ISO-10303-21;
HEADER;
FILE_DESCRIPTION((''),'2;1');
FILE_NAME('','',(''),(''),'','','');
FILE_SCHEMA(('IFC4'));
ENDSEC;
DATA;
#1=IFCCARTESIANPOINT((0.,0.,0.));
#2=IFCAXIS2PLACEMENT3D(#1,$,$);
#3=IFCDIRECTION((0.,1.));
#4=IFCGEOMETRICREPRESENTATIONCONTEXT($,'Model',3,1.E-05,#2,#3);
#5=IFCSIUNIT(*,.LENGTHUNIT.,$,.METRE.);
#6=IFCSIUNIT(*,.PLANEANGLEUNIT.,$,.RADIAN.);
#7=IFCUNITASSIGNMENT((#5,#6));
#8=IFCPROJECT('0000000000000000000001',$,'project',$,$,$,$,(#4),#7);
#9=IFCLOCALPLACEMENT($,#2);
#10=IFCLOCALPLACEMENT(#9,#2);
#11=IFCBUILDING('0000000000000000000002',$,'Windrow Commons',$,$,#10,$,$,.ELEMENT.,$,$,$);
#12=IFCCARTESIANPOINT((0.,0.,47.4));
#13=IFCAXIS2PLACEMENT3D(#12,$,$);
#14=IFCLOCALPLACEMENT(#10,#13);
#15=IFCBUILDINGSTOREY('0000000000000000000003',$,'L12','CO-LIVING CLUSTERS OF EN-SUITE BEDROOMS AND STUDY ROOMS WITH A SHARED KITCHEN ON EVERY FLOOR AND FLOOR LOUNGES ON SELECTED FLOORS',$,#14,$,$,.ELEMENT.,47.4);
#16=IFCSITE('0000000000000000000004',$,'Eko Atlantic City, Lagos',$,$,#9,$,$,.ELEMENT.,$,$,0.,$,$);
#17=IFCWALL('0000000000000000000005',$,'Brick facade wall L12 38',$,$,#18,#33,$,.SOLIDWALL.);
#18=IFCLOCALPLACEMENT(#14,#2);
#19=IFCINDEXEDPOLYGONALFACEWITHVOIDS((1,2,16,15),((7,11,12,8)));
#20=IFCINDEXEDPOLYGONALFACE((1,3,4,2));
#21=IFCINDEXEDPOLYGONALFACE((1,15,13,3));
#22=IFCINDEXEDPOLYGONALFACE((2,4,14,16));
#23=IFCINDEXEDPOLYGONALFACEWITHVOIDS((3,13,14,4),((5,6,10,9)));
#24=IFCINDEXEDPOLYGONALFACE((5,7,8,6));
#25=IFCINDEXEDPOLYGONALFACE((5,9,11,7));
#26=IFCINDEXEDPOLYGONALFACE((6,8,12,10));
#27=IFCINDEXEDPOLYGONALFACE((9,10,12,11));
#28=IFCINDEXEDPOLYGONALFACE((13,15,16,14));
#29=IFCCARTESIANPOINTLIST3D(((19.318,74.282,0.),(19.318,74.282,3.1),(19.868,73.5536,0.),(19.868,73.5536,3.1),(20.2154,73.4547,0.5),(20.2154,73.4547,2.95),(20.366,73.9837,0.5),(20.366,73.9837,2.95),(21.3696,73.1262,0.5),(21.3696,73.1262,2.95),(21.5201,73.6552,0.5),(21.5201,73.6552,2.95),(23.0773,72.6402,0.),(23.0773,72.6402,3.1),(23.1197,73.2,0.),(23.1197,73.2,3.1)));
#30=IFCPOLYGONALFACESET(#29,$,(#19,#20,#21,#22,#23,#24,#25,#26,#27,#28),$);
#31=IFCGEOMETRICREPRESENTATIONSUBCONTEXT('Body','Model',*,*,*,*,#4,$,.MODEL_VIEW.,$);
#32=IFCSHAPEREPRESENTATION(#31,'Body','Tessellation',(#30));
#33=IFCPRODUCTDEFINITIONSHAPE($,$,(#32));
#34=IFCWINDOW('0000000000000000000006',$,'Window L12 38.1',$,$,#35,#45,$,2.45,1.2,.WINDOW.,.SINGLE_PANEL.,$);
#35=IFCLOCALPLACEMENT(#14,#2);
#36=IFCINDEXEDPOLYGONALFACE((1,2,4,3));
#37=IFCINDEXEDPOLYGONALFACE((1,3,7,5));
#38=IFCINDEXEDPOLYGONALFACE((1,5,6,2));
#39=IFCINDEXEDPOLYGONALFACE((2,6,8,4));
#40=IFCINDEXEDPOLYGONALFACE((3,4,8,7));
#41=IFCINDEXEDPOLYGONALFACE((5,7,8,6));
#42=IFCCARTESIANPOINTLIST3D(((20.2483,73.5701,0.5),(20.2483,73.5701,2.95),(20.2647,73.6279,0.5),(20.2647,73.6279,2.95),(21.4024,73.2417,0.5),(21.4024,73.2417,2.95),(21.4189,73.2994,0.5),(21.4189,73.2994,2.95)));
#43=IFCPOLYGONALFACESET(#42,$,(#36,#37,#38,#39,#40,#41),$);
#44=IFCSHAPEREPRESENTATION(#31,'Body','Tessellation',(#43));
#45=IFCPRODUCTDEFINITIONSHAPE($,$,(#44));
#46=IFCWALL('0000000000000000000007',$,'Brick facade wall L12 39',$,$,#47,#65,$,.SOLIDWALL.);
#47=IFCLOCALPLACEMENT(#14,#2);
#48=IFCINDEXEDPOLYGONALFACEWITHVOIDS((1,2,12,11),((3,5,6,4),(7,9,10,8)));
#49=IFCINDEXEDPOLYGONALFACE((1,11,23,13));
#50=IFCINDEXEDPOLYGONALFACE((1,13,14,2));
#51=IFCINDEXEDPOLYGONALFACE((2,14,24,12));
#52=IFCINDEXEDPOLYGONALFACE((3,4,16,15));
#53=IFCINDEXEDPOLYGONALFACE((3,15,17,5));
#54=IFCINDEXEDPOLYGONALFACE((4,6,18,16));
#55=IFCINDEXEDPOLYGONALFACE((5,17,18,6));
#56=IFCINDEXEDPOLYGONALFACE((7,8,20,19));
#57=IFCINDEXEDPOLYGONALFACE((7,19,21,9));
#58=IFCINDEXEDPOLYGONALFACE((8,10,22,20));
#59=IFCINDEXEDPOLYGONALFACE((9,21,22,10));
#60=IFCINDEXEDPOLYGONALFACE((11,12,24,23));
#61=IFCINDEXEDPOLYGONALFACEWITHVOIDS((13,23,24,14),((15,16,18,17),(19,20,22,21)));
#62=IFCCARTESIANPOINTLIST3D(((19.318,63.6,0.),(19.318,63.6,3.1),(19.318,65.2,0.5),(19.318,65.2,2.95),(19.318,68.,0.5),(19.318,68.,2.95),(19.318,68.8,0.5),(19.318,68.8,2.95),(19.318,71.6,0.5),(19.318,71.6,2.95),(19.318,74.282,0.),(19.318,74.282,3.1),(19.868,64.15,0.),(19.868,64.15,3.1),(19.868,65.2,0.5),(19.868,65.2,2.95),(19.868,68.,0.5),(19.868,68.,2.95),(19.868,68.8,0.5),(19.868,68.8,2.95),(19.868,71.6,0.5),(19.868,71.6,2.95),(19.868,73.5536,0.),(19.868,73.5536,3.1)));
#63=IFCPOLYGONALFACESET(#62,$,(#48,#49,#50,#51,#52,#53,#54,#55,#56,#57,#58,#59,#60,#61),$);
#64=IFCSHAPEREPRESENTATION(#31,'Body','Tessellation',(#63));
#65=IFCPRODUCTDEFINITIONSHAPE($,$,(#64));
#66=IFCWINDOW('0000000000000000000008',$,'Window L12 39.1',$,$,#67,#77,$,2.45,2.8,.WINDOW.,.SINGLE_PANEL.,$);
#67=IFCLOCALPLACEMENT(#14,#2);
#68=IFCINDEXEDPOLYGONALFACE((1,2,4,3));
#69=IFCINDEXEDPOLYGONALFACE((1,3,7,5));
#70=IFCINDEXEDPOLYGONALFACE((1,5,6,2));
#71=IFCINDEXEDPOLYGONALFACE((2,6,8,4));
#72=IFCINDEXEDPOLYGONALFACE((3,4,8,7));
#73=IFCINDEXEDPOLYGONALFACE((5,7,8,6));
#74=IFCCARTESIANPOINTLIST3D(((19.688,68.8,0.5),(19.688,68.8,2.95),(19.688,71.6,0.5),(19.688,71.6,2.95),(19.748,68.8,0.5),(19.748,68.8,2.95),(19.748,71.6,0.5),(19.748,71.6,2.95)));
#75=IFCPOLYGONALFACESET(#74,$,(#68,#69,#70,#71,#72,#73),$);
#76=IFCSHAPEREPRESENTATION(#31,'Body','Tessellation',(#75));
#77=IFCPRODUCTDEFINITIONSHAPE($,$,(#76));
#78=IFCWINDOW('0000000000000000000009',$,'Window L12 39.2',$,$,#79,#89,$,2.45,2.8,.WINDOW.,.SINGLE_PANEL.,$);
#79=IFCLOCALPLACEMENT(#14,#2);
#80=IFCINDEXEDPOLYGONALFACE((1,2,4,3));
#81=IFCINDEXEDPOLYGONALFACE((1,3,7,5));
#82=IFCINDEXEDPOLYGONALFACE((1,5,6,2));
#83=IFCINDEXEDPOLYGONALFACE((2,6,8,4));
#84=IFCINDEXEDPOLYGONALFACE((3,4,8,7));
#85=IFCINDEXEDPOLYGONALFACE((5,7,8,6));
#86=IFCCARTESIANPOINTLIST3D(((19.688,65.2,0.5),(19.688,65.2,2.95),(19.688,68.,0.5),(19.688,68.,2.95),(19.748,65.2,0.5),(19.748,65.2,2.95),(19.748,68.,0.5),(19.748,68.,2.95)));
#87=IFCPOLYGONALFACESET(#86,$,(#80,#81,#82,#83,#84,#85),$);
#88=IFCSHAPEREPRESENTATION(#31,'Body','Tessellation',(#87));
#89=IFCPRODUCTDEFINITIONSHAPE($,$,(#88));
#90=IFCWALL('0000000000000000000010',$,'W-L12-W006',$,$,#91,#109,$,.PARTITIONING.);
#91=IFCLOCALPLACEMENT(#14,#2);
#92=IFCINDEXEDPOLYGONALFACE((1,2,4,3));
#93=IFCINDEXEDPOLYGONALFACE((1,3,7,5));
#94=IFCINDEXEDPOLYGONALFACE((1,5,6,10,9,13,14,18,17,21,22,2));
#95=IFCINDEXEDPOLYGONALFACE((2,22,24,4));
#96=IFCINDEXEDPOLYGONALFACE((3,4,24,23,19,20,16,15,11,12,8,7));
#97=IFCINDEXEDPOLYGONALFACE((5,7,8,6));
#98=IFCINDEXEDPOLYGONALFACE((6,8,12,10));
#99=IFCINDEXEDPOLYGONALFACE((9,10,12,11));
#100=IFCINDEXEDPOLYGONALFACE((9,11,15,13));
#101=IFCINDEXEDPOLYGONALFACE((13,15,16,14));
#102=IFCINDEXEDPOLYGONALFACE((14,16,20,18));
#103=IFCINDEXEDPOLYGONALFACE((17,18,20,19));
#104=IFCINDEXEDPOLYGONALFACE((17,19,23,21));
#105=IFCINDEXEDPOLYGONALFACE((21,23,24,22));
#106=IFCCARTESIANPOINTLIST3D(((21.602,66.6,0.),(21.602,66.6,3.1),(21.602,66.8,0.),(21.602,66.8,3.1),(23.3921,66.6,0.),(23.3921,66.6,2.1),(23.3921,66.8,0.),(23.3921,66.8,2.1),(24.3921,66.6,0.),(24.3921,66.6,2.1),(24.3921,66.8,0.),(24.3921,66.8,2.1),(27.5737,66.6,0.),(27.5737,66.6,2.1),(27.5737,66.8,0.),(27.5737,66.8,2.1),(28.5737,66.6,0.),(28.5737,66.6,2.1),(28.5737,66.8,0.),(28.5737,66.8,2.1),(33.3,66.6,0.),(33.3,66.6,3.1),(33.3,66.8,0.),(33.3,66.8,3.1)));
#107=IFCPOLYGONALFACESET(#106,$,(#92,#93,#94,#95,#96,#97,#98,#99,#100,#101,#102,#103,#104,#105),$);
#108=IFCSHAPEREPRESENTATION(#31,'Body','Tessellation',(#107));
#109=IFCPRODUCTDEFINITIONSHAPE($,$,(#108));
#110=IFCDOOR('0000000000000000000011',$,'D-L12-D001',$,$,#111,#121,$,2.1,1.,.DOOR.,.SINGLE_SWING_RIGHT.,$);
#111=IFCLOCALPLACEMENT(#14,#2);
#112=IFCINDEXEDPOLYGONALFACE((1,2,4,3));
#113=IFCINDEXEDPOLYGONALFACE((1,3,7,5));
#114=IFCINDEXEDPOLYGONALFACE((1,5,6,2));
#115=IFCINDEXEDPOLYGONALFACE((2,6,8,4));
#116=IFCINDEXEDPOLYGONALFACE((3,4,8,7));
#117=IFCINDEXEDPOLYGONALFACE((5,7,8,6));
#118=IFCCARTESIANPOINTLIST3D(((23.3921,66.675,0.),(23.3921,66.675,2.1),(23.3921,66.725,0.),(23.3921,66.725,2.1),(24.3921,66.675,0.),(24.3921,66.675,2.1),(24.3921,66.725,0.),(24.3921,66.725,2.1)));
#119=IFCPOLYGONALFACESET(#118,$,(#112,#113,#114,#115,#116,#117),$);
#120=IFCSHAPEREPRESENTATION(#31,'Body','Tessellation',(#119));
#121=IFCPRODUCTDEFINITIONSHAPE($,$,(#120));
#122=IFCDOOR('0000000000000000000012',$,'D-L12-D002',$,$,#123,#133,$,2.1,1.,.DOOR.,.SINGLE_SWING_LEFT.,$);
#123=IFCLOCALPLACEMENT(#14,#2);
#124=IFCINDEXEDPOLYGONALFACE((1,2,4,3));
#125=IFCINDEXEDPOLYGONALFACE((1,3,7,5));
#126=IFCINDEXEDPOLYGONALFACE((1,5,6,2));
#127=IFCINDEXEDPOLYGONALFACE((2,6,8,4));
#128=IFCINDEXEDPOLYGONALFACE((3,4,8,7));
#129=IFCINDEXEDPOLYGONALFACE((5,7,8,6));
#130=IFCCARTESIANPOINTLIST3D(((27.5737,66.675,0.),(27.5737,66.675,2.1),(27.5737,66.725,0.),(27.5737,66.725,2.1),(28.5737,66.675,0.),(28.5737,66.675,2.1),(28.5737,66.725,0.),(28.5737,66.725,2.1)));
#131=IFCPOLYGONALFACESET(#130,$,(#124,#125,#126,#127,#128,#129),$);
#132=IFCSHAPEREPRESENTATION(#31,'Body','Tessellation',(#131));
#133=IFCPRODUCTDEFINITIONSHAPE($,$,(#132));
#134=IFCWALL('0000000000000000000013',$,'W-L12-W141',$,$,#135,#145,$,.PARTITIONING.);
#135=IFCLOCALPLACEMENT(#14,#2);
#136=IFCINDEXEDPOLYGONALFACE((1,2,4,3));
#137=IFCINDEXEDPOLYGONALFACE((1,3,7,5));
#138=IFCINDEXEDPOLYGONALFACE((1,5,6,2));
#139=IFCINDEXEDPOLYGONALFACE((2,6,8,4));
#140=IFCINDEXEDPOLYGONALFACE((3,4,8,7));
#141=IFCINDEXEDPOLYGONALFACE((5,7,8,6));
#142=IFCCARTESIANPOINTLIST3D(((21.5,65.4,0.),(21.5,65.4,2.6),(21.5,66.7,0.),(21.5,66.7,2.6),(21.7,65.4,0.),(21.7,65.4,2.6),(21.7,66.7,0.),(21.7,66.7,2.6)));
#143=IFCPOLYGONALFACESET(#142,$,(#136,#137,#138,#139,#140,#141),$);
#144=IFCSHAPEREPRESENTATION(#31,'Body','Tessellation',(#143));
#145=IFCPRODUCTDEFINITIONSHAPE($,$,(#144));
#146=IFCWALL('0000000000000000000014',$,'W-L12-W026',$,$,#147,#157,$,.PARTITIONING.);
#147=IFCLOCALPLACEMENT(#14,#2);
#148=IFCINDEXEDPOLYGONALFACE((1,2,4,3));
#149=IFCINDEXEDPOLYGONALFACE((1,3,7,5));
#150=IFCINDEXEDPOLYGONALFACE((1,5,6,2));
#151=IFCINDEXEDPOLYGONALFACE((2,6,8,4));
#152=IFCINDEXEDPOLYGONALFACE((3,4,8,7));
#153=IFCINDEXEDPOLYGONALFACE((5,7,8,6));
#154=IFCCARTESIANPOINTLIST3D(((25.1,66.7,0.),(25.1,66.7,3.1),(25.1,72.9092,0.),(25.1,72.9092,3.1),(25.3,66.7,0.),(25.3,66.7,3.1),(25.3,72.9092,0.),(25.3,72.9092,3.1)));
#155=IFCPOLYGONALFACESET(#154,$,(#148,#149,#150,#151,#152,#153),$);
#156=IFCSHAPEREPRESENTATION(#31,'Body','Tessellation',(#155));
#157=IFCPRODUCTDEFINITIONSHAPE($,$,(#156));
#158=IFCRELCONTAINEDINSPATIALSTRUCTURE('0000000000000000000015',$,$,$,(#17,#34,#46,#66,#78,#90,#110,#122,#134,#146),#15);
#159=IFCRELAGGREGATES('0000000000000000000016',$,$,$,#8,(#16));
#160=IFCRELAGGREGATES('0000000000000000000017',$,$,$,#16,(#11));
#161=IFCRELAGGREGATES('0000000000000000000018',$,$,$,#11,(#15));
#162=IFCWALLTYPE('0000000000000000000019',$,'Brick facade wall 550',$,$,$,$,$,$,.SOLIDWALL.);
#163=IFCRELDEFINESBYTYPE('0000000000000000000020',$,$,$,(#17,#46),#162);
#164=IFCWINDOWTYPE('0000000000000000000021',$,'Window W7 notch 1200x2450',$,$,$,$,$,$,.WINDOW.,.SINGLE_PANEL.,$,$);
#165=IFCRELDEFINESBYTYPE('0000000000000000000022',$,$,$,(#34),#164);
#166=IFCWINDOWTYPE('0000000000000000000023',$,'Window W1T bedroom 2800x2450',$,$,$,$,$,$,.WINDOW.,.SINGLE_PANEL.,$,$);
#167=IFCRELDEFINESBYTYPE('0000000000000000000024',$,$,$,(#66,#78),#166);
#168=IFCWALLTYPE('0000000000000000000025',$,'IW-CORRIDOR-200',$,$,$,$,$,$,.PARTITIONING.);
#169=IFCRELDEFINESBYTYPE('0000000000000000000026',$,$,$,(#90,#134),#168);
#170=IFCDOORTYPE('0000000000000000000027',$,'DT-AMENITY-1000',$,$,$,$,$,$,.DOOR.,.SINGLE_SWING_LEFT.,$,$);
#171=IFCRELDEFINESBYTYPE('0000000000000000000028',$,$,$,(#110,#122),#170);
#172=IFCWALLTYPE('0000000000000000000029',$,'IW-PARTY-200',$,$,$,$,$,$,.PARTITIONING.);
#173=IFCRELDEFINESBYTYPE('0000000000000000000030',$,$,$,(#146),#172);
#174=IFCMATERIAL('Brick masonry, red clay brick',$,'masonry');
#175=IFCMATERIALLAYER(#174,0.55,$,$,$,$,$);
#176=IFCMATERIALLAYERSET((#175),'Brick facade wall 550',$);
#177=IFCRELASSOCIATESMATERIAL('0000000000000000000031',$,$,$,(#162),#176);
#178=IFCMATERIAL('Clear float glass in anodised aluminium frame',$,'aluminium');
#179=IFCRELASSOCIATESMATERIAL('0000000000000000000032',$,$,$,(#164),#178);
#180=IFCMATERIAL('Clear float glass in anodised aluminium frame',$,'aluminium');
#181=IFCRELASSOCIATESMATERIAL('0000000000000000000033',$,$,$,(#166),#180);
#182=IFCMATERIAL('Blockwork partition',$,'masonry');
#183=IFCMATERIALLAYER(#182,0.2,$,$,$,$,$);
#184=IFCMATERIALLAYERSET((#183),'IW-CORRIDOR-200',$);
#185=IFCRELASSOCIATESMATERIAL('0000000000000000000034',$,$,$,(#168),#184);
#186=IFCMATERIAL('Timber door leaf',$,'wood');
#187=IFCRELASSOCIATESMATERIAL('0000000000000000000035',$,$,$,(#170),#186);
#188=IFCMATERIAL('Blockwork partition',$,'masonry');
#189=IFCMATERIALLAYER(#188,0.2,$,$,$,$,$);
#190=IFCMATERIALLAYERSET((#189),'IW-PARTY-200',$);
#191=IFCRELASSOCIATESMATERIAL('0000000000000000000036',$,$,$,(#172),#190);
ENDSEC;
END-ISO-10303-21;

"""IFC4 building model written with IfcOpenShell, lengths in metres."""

from ifc_helpers import new_model, si_unit, direction, frame, frame_2d, origin, place, context, subcontext, project, spatial, polyline, rectangle, outline, extrude, material, layer, layer_set, type_object, element, fill, save


model = new_model("IFC4")

# Units and contexts
model_context = context("Model", 3, precision=1e-05, world=origin(), true_north=direction((0.0, 1.0)))
body_context = subcontext(model_context, "Body", "Model", "MODEL_VIEW")
ifc_project = project(units=[si_unit("LENGTHUNIT", "METRE"), si_unit("PLANEANGLEUNIT", "RADIAN")], contexts=[model_context])

# Site, building, storey
site_placement = place(None, origin())
site = spatial("IfcSite", under=ifc_project, at=site_placement, Name="Eko Atlantic City, Lagos", CompositionType="ELEMENT", RefElevation=0.0)
building_placement = place(site_placement, origin())
building = spatial("IfcBuilding", under=site, at=building_placement, Name="Windrow Commons", CompositionType="ELEMENT")
storey_placement = place(building_placement, frame((0.0, 0.0, 47.4)))
storey = spatial("IfcBuildingStorey", under=building, at=storey_placement, Name="L12", Description="CO-LIVING CLUSTERS OF EN-SUITE BEDROOMS AND STUDY ROOMS WITH A SHARED KITCHEN ON EVERY FLOOR AND FLOOR LOUNGES ON SELECTED FLOORS", CompositionType="ELEMENT", Elevation=47.4)

# Shared definitions
ifc_material_1 = material(Name="Brick masonry, red clay brick", Category="masonry")
ifc_layer_1 = layer(ifc_material_1, 0.55)
ifc_layer_set_1 = layer_set([ifc_layer_1], Name="Brick facade wall 550")
wall_type_1 = type_object("IfcWallType", Name="Brick facade wall 550", PredefinedType="SOLIDWALL", material=ifc_layer_set_1)
ifc_material_2 = material(Name="Clear float glass in anodised aluminium frame", Category="aluminium")
window_type_1 = type_object("IfcWindowType", Name="Window W7 notch 1200x2450", PartitioningType="SINGLE_PANEL", PredefinedType="WINDOW", material=ifc_material_2)

# Wall, opening, window
wall_1_placement = place(storey_placement, frame((23.0985, 72.9201, 0.0), z_axis=(0.0, 0.0, 1.0), x_axis=(-0.961804, 0.273739, 0.0)))
wall_1 = element("IfcWall", 1, at=wall_1_placement, inside=storey, type_object=wall_type_1, Name="Brick facade wall L12 38", PredefinedType="SOLIDWALL", context=body_context, shape_type="SweptSolid", body=[
    extrude(outline(polyline([(0.0562, -0.275), (4.0089, -0.275), (3.2805, 0.275), (-0.0562, 0.275), (0.0562, -0.275)])), origin(), (0.0, 0.0, 1.0), 3.1),
])
opening_1_placement = place(wall_1_placement, frame((1.7193, 0.0, 0.5)))
opening_1 = element("IfcOpeningElement", 2, at=opening_1_placement, cuts=wall_1, PredefinedType="OPENING", context=body_context, shape_type="SweptSolid", body=[
    extrude(rectangle(XDim=1.2, YDim=2.45, at=frame_2d((0.6, 1.225))), frame((0.0, 0.285, 0.0), z_axis=(0.0, -1.0, 0.0), x_axis=(1.0, 0.0, 0.0)), (0.0, 0.0, 1.0), 0.57),
])
window_1_placement = place(opening_1_placement, origin())
window_1 = element("IfcWindow", 3, at=window_1_placement, inside=storey, type_object=window_type_1, Name="Window L12 38.1", OverallHeight=2.45, OverallWidth=1.2, PartitioningType="SINGLE_PANEL", PredefinedType="WINDOW", context=body_context, shape_type="SweptSolid", body=[
    extrude(rectangle(XDim=1.2, YDim=2.45, at=frame_2d((0.6, 1.225))), frame((0.0, 0.155, 0.0), z_axis=(0.0, -1.0, 0.0), x_axis=(1.0, 0.0, 0.0)), (0.0, 0.0, 1.0), 0.06),
])
fill(opening_1, window_1)

# Wall, openings, windows
wall_2_placement = place(storey_placement, frame((19.593, 73.9178, 0.0), z_axis=(0.0, 0.0, 1.0), x_axis=(0.0, -1.0, 0.0)))
wall_2 = element("IfcWall", 4, at=wall_2_placement, inside=storey, type_object=wall_type_1, Name="Brick facade wall L12 39", PredefinedType="SOLIDWALL", context=body_context, shape_type="SweptSolid", body=[
    extrude(outline(polyline([(-0.3642, -0.275), (10.3178, -0.275), (9.7678, 0.275), (0.3642, 0.275), (-0.3642, -0.275)])), origin(), (0.0, 0.0, 1.0), 3.1),
])
opening_2_placement = place(wall_2_placement, frame((2.3178, 0.0, 0.5)))
opening_2 = element("IfcOpeningElement", 5, at=opening_2_placement, cuts=wall_2, PredefinedType="OPENING", context=body_context, shape_type="SweptSolid", body=[
    extrude(rectangle(XDim=2.8, YDim=2.45, at=frame_2d((1.4, 1.225))), frame((0.0, 0.285, 0.0), z_axis=(0.0, -1.0, 0.0), x_axis=(1.0, 0.0, 0.0)), (0.0, 0.0, 1.0), 0.57),
])
opening_3_placement = place(wall_2_placement, frame((5.9178, 0.0, 0.5)))
opening_3 = element("IfcOpeningElement", 6, at=opening_3_placement, cuts=wall_2, PredefinedType="OPENING", context=body_context, shape_type="SweptSolid", body=[
    extrude(rectangle(XDim=2.8, YDim=2.45, at=frame_2d((1.4, 1.225))), frame((0.0, 0.285, 0.0), z_axis=(0.0, -1.0, 0.0), x_axis=(1.0, 0.0, 0.0)), (0.0, 0.0, 1.0), 0.57),
])
ifc_material_3 = material(Name="Clear float glass in anodised aluminium frame", Category="aluminium")
window_type_2 = type_object("IfcWindowType", Name="Window W1T bedroom 2800x2450", PartitioningType="SINGLE_PANEL", PredefinedType="WINDOW", material=ifc_material_3)
window_2_placement = place(opening_2_placement, origin())
window_2 = element("IfcWindow", 7, at=window_2_placement, inside=storey, type_object=window_type_2, Name="Window L12 39.1", OverallHeight=2.45, OverallWidth=2.8, PartitioningType="SINGLE_PANEL", PredefinedType="WINDOW", context=body_context, shape_type="SweptSolid", body=[
    extrude(rectangle(XDim=2.8, YDim=2.45, at=frame_2d((1.4, 1.225))), frame((0.0, 0.155, 0.0), z_axis=(0.0, -1.0, 0.0), x_axis=(1.0, 0.0, 0.0)), (0.0, 0.0, 1.0), 0.06),
])
fill(opening_2, window_2)
window_3_placement = place(opening_3_placement, origin())
window_3 = element("IfcWindow", 8, at=window_3_placement, inside=storey, type_object=window_type_2, Name="Window L12 39.2", OverallHeight=2.45, OverallWidth=2.8, PartitioningType="SINGLE_PANEL", PredefinedType="WINDOW", context=body_context, shape_type="SweptSolid", body=[
    extrude(rectangle(XDim=2.8, YDim=2.45, at=frame_2d((1.4, 1.225))), frame((0.0, 0.155, 0.0), z_axis=(0.0, -1.0, 0.0), x_axis=(1.0, 0.0, 0.0)), (0.0, 0.0, 1.0), 0.06),
])
fill(opening_3, window_3)

# Wall, openings, doors
ifc_material_4 = material(Name="Blockwork partition", Category="masonry")
ifc_layer_2 = layer(ifc_material_4, 0.2)
ifc_layer_set_2 = layer_set([ifc_layer_2], Name="IW-CORRIDOR-200")
wall_type_2 = type_object("IfcWallType", Name="IW-CORRIDOR-200", PredefinedType="PARTITIONING", material=ifc_layer_set_2)
wall_3_placement = place(storey_placement, frame((21.602, 66.7, 0.0), z_axis=(0.0, 0.0, 1.0), x_axis=(1.0, 0.0, 0.0)))
wall_3 = element("IfcWall", 9, at=wall_3_placement, inside=storey, type_object=wall_type_2, Name="W-L12-W006", PredefinedType="PARTITIONING", context=body_context, shape_type="SweptSolid", body=[
    extrude(rectangle(XDim=11.698, YDim=0.2, at=frame_2d((5.849, 0.0))), origin(), (0.0, 0.0, 1.0), 3.1),
])
opening_4_placement = place(wall_3_placement, frame((1.7901, 0.0, 0.0)))
opening_4 = element("IfcOpeningElement", 10, at=opening_4_placement, cuts=wall_3, PredefinedType="OPENING", context=body_context, shape_type="SweptSolid", body=[
    extrude(rectangle(XDim=1.0, YDim=2.1, at=frame_2d((0.5, 1.05))), frame((0.0, 0.11, 0.0), z_axis=(0.0, -1.0, 0.0), x_axis=(1.0, 0.0, 0.0)), (0.0, 0.0, 1.0), 0.22),
])
opening_5_placement = place(wall_3_placement, frame((5.9717, 0.0, 0.0)))
opening_5 = element("IfcOpeningElement", 11, at=opening_5_placement, cuts=wall_3, PredefinedType="OPENING", context=body_context, shape_type="SweptSolid", body=[
    extrude(rectangle(XDim=1.0, YDim=2.1, at=frame_2d((0.5, 1.05))), frame((0.0, 0.11, 0.0), z_axis=(0.0, -1.0, 0.0), x_axis=(1.0, 0.0, 0.0)), (0.0, 0.0, 1.0), 0.22),
])
ifc_material_5 = material(Name="Timber door leaf", Category="wood")
door_type = type_object("IfcDoorType", Name="DT-AMENITY-1000", OperationType="SINGLE_SWING_LEFT", PredefinedType="DOOR", material=ifc_material_5)
door_1_placement = place(opening_4_placement, origin())
door_1 = element("IfcDoor", 12, at=door_1_placement, inside=storey, type_object=door_type, Name="D-L12-D001", OperationType="SINGLE_SWING_RIGHT", OverallHeight=2.1, OverallWidth=1.0, PredefinedType="DOOR", context=body_context, shape_type="SweptSolid", body=[
    extrude(rectangle(XDim=1.0, YDim=2.1, at=frame_2d((0.5, 1.05))), frame((0.0, 0.025, 0.0), z_axis=(0.0, -1.0, 0.0), x_axis=(1.0, 0.0, 0.0)), (0.0, 0.0, 1.0), 0.05),
])
fill(opening_4, door_1)
door_2_placement = place(opening_5_placement, origin())
door_2 = element("IfcDoor", 13, at=door_2_placement, inside=storey, type_object=door_type, Name="D-L12-D002", OperationType="SINGLE_SWING_LEFT", OverallHeight=2.1, OverallWidth=1.0, PredefinedType="DOOR", context=body_context, shape_type="SweptSolid", body=[
    extrude(rectangle(XDim=1.0, YDim=2.1, at=frame_2d((0.5, 1.05))), frame((0.0, 0.025, 0.0), z_axis=(0.0, -1.0, 0.0), x_axis=(1.0, 0.0, 0.0)), (0.0, 0.0, 1.0), 0.05),
])
fill(opening_5, door_2)

# Walls
wall_4_placement = place(storey_placement, frame((21.6, 65.4, 0.0), z_axis=(0.0, 0.0, 1.0), x_axis=(0.0, 1.0, 0.0)))
element("IfcWall", 14, at=wall_4_placement, inside=storey, type_object=wall_type_2, Name="W-L12-W141", PredefinedType="PARTITIONING", context=body_context, shape_type="SweptSolid", body=[
    extrude(rectangle(XDim=1.3, YDim=0.2, at=frame_2d((0.65, 0.0))), origin(), (0.0, 0.0, 1.0), 2.6),
])
ifc_material_6 = material(Name="Blockwork partition", Category="masonry")
ifc_layer_3 = layer(ifc_material_6, 0.2)
ifc_layer_set_3 = layer_set([ifc_layer_3], Name="IW-PARTY-200")
wall_type_3 = type_object("IfcWallType", Name="IW-PARTY-200", PredefinedType="PARTITIONING", material=ifc_layer_set_3)
wall_5_placement = place(storey_placement, frame((25.2, 66.7, 0.0), z_axis=(0.0, 0.0, 1.0), x_axis=(0.0, 1.0, 0.0)))
element("IfcWall", 15, at=wall_5_placement, inside=storey, type_object=wall_type_3, Name="W-L12-W026", PredefinedType="PARTITIONING", context=body_context, shape_type="SweptSolid", body=[
    extrude(rectangle(XDim=6.2093, YDim=0.2, at=frame_2d((3.1046, 0.0))), origin(), (0.0, 0.0, 1.0), 3.1),
])

save(model, "model.ifc")
